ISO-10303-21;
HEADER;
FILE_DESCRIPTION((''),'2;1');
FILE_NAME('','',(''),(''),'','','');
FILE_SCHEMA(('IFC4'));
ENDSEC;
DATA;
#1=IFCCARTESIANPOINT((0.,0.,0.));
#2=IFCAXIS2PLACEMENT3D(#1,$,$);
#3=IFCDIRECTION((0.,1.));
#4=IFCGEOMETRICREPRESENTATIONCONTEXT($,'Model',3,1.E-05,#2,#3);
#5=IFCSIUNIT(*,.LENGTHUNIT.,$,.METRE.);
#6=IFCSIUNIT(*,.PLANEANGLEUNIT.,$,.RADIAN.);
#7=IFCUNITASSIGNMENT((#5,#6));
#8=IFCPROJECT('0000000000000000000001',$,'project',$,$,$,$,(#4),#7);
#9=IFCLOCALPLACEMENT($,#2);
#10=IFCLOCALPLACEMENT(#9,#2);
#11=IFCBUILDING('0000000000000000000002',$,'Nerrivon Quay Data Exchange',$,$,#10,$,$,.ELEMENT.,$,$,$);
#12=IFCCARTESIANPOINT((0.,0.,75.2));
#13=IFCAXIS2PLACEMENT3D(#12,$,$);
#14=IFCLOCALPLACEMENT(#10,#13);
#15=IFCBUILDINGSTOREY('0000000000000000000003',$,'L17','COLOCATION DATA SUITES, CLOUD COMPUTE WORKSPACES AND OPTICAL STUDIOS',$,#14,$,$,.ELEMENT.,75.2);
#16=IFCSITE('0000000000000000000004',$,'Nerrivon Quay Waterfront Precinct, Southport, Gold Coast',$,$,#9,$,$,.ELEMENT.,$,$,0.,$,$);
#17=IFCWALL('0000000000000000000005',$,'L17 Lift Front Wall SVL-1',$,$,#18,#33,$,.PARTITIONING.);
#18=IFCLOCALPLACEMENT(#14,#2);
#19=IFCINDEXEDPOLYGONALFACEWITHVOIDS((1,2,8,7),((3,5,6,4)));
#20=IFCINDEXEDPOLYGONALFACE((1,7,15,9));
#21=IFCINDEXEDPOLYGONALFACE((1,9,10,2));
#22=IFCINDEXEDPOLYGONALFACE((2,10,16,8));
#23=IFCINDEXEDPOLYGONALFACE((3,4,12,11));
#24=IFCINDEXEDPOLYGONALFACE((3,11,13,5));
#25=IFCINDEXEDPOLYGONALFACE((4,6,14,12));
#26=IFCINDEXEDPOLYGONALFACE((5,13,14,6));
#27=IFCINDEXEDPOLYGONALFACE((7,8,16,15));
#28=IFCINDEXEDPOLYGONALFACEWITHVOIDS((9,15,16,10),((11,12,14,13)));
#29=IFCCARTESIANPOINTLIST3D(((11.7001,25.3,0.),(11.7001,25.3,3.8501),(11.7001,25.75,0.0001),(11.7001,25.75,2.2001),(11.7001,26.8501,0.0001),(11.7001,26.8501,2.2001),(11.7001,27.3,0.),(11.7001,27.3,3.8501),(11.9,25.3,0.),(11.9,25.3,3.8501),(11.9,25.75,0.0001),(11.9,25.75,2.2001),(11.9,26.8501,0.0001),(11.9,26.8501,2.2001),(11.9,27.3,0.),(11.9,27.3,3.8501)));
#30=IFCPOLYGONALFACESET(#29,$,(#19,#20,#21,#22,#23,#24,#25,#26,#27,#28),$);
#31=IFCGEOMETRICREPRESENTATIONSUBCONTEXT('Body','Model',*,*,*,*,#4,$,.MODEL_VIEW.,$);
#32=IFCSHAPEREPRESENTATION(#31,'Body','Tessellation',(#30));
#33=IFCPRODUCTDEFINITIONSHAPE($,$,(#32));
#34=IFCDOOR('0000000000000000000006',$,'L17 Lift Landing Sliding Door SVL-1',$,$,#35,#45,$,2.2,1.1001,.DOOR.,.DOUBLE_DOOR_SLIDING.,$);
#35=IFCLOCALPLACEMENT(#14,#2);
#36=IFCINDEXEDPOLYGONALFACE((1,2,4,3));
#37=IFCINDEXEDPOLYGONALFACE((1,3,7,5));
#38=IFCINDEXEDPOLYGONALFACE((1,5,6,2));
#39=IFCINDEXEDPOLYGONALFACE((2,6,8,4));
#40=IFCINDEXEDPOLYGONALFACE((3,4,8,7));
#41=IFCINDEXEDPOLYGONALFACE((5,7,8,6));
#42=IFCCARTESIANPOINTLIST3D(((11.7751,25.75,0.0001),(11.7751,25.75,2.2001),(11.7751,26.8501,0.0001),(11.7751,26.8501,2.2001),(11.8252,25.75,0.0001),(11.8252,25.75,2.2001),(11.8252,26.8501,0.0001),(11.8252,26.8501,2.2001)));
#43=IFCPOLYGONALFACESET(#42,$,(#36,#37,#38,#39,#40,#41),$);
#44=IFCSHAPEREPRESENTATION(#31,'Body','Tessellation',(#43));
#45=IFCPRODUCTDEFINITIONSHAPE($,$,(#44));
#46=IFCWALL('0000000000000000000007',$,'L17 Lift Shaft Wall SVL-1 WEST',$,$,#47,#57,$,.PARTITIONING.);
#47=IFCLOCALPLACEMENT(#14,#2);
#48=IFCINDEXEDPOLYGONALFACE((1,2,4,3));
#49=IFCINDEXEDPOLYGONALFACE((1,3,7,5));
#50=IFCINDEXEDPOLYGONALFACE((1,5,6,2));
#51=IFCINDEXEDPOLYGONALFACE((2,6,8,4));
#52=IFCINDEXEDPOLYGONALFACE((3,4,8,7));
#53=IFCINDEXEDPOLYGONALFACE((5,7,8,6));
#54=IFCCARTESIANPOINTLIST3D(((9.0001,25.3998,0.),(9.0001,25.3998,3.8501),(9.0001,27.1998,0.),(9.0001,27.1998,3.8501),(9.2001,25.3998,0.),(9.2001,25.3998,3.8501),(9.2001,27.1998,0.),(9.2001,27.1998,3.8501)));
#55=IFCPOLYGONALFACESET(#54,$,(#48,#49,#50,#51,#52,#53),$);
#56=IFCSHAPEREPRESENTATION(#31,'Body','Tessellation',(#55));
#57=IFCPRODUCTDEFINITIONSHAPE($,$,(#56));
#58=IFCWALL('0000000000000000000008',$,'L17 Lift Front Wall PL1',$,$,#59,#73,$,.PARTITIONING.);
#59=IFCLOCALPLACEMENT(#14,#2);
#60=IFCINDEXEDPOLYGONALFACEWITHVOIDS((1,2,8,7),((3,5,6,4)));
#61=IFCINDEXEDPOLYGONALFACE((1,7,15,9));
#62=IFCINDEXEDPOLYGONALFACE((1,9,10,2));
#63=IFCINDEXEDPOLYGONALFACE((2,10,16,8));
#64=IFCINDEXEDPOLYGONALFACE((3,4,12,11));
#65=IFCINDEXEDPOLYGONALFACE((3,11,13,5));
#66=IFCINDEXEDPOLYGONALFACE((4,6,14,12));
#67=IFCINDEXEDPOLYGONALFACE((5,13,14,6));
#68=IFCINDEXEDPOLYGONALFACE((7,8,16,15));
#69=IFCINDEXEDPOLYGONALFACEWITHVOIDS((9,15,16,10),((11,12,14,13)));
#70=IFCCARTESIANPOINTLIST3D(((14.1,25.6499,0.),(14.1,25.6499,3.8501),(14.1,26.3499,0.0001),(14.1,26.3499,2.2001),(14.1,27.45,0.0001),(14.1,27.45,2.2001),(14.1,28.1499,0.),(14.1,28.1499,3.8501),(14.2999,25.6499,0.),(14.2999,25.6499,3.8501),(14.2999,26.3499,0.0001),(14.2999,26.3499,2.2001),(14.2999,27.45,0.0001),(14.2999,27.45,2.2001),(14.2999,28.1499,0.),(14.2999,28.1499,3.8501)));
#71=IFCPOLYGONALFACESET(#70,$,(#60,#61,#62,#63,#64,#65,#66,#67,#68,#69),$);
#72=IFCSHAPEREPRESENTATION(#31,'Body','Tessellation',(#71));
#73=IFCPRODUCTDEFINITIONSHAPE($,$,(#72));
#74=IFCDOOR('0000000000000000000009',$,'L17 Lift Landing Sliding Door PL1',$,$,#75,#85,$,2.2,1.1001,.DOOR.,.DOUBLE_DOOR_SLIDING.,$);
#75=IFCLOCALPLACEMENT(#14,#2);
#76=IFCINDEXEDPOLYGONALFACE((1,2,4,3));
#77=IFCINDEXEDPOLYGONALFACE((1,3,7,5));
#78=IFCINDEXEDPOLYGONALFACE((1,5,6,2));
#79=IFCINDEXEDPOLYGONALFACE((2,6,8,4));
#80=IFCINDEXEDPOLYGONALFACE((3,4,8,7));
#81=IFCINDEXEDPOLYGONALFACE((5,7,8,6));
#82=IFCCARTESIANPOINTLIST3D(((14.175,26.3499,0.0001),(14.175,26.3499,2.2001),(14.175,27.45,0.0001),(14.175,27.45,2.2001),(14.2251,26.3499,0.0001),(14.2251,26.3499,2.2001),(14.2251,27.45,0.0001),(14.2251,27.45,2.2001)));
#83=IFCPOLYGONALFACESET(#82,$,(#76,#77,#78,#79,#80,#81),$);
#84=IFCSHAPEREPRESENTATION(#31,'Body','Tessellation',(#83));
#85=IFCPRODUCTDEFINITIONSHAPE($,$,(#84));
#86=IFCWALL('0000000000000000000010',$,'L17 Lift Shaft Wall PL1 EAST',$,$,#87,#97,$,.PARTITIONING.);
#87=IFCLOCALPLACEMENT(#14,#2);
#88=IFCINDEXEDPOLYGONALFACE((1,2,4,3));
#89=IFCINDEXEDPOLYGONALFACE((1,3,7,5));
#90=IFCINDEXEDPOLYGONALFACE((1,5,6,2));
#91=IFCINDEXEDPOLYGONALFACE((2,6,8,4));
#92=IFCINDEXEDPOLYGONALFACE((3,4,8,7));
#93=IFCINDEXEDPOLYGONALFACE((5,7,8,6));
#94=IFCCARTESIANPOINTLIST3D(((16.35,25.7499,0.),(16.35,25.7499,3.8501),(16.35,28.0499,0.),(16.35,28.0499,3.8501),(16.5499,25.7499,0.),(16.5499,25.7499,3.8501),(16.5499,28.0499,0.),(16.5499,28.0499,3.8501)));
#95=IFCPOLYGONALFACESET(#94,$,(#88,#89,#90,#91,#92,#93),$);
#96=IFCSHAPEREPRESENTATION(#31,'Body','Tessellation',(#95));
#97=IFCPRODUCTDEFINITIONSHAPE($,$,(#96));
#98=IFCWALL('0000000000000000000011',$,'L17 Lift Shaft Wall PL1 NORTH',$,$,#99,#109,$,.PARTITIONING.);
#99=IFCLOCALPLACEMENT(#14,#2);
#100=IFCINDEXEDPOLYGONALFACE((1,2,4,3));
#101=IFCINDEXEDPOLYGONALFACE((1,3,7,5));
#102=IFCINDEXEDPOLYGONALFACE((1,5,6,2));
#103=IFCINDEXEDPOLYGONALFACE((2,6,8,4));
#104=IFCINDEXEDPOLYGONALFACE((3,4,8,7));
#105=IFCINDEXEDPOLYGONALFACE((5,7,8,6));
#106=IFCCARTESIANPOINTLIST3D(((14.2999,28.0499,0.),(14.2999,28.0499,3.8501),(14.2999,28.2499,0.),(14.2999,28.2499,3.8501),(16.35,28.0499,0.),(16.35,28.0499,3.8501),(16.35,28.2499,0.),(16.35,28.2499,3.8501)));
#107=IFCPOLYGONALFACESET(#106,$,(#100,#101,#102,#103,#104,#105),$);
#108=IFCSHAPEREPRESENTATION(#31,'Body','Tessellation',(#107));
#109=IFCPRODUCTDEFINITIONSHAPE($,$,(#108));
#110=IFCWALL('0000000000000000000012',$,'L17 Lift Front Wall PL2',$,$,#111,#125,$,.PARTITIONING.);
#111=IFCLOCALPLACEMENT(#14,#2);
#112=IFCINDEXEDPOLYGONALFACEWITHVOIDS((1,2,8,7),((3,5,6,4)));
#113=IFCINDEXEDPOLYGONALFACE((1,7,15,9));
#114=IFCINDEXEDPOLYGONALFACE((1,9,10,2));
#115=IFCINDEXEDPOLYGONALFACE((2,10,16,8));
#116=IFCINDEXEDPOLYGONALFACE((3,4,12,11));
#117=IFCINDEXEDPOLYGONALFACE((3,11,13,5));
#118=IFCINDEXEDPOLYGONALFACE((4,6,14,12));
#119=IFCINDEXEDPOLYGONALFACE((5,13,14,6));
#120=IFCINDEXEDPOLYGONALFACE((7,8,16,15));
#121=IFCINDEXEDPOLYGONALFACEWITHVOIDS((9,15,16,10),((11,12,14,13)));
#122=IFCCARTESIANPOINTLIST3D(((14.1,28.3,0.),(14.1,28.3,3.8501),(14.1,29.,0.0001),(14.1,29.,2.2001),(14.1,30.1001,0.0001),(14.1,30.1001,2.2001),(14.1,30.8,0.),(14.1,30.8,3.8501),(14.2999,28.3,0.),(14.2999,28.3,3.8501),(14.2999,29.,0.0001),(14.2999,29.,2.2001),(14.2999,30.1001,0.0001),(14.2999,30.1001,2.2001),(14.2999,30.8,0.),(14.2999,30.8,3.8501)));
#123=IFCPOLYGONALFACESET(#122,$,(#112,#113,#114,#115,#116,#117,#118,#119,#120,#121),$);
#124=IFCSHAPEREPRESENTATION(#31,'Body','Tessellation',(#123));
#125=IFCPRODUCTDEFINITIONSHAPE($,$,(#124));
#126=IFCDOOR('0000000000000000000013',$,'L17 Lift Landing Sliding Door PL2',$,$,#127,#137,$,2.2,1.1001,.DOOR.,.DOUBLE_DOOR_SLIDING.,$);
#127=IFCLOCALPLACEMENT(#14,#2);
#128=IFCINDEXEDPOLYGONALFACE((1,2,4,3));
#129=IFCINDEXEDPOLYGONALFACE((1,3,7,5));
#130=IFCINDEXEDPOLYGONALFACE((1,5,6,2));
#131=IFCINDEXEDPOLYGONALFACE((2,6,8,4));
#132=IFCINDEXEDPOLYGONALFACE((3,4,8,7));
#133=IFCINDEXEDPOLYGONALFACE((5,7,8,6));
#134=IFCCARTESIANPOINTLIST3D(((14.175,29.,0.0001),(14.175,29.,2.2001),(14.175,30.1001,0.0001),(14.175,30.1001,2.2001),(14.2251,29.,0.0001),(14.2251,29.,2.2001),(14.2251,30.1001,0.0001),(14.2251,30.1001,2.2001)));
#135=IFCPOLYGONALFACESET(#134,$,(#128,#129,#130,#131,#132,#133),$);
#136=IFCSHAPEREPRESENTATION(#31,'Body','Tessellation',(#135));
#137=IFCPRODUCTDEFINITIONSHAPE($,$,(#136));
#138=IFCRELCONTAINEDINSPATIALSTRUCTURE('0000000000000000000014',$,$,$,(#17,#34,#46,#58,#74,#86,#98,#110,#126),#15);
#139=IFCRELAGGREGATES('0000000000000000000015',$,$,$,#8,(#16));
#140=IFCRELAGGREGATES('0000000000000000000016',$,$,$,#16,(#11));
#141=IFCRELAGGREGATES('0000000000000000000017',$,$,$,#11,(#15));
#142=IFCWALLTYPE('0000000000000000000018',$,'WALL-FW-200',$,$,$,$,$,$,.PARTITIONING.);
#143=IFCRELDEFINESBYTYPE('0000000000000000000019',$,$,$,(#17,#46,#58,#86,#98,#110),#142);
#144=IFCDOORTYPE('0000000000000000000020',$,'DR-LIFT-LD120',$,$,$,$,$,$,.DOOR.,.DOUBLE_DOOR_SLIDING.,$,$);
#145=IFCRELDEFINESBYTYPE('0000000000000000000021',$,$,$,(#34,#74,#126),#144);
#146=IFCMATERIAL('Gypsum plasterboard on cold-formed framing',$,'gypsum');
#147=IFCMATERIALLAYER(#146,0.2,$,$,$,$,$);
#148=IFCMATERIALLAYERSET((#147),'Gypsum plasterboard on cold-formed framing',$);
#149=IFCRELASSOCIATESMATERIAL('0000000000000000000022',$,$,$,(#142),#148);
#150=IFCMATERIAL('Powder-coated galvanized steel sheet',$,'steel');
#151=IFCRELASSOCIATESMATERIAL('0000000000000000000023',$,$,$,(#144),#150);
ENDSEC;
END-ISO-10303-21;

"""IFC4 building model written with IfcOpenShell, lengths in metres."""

from ifc_helpers import new_model, si_unit, direction, frame, frame_2d, origin, place, context, subcontext, project, spatial, rectangle, extrude, material, layer, layer_set, type_object, element, fill, save


model = new_model("IFC4")

# Units and contexts
model_context = context("Model", 3, precision=1e-05, world=origin(), true_north=direction((0.0, 1.0)))
body_context = subcontext(model_context, "Body", "Model", "MODEL_VIEW")
ifc_project = project(units=[si_unit("LENGTHUNIT", "METRE"), si_unit("PLANEANGLEUNIT", "RADIAN")], contexts=[model_context])

# Site, building, storey
site_placement = place(None, origin())
site = spatial("IfcSite", under=ifc_project, at=site_placement, Name="Nerrivon Quay Waterfront Precinct, Southport, Gold Coast", CompositionType="ELEMENT", RefElevation=0.0)
building_placement = place(site_placement, origin())
building = spatial("IfcBuilding", under=site, at=building_placement, Name="Nerrivon Quay Data Exchange", CompositionType="ELEMENT")
storey_placement = place(building_placement, frame((0.0, 0.0, 75.2)))
storey = spatial("IfcBuildingStorey", under=building, at=storey_placement, Name="L17", Description="COLOCATION DATA SUITES, CLOUD COMPUTE WORKSPACES AND OPTICAL STUDIOS", CompositionType="ELEMENT", Elevation=75.2)

# Shared definitions
ifc_material_1 = material(Name="Powder-coated galvanized steel sheet", Category="steel")
ifc_material_2 = material(Name="Gypsum plasterboard on cold-formed framing", Category="gypsum")
ifc_layer_1 = layer(ifc_material_2, 0.2)
ifc_layer_set_1 = layer_set([ifc_layer_1], Name="Gypsum plasterboard on cold-formed framing")
wall_type_1 = type_object("IfcWallType", Name="WALL-FW-200", PredefinedType="PARTITIONING", material=ifc_layer_set_1)
door_type_1 = type_object("IfcDoorType", Name="DR-LIFT-LD120", OperationType="DOUBLE_DOOR_SLIDING", PredefinedType="DOOR", material=ifc_material_1)

# Wall, opening, door
wall_1_placement = place(storey_placement, frame((11.8, 25.3, 0.0), z_axis=(0.0, 0.0, 1.0), x_axis=(0.0, 1.0, 0.0)))
wall_1 = element("IfcWall", 1, at=wall_1_placement, inside=storey, type_object=wall_type_1, Name="L17 Lift Front Wall SVL-1", PredefinedType="PARTITIONING", context=body_context, shape_type="SweptSolid", body=[
    extrude(rectangle(XDim=2.0, YDim=0.2, at=frame_2d((1.0, 0.0))), origin(), (0.0, 0.0, 1.0), 3.8501),
])
opening_1_placement = place(wall_1_placement, frame((0.45, 0.0, 0.0)))
opening_1 = element("IfcOpeningElement", 2, at=opening_1_placement, cuts=wall_1, PredefinedType="OPENING", context=body_context, shape_type="SweptSolid", body=[
    extrude(rectangle(XDim=1.1001, YDim=2.2, at=frame_2d((0.55, 1.1001))), frame((0.0, 0.1099, 0.0), z_axis=(0.0, -1.0, 0.0), x_axis=(1.0, 0.0, 0.0)), (0.0, 0.0, 1.0), 0.22),
])
door_1_placement = place(opening_1_placement, origin())
door_1 = element("IfcDoor", 3, at=door_1_placement, inside=storey, type_object=door_type_1, Name="L17 Lift Landing Sliding Door SVL-1", OperationType="DOUBLE_DOOR_SLIDING", OverallHeight=2.2, OverallWidth=1.1001, PredefinedType="DOOR", context=body_context, shape_type="SweptSolid", body=[
    extrude(rectangle(XDim=1.1001, YDim=2.2, at=frame_2d((0.55, 1.1001))), frame((0.0, 0.0249, 0.0), z_axis=(0.0, -1.0, 0.0), x_axis=(1.0, 0.0, 0.0)), (0.0, 0.0, 1.0), 0.05),
])
fill(opening_1, door_1)

# Wall
wall_2_placement = place(storey_placement, frame((9.1001, 25.3999, 0.0), z_axis=(0.0, 0.0, 1.0), x_axis=(0.0, 1.0, 0.0)))
element("IfcWall", 4, at=wall_2_placement, inside=storey, type_object=wall_type_1, Name="L17 Lift Shaft Wall SVL-1 WEST", PredefinedType="PARTITIONING", context=body_context, shape_type="SweptSolid", body=[
    extrude(rectangle(XDim=1.8, YDim=0.2, at=frame_2d((0.8999, 0.0))), origin(), (0.0, 0.0, 1.0), 3.8501),
])

# Wall, opening, door
wall_3_placement = place(storey_placement, frame((14.2, 25.6499, 0.0), z_axis=(0.0, 0.0, 1.0), x_axis=(0.0, 1.0, 0.0)))
wall_3 = element("IfcWall", 5, at=wall_3_placement, inside=storey, type_object=wall_type_1, Name="L17 Lift Front Wall PL1", PredefinedType="PARTITIONING", context=body_context, shape_type="SweptSolid", body=[
    extrude(rectangle(XDim=2.5, YDim=0.2, at=frame_2d((1.25, 0.0))), origin(), (0.0, 0.0, 1.0), 3.8501),
])
opening_2_placement = place(wall_3_placement, frame((0.7, 0.0, 0.0)))
opening_2 = element("IfcOpeningElement", 6, at=opening_2_placement, cuts=wall_3, PredefinedType="OPENING", context=body_context, shape_type="SweptSolid", body=[
    extrude(rectangle(XDim=1.1001, YDim=2.2, at=frame_2d((0.55, 1.1001))), frame((0.0, 0.1099, 0.0), z_axis=(0.0, -1.0, 0.0), x_axis=(1.0, 0.0, 0.0)), (0.0, 0.0, 1.0), 0.22),
])
door_2_placement = place(opening_2_placement, origin())
door_2 = element("IfcDoor", 7, at=door_2_placement, inside=storey, type_object=door_type_1, Name="L17 Lift Landing Sliding Door PL1", OperationType="DOUBLE_DOOR_SLIDING", OverallHeight=2.2, OverallWidth=1.1001, PredefinedType="DOOR", context=body_context, shape_type="SweptSolid", body=[
    extrude(rectangle(XDim=1.1001, YDim=2.2, at=frame_2d((0.55, 1.1001))), frame((0.0, 0.0249, 0.0), z_axis=(0.0, -1.0, 0.0), x_axis=(1.0, 0.0, 0.0)), (0.0, 0.0, 1.0), 0.05),
])
fill(opening_2, door_2)

# Walls
wall_4_placement = place(storey_placement, frame((16.45, 25.75, 0.0), z_axis=(0.0, 0.0, 1.0), x_axis=(0.0, 1.0, 0.0)))
element("IfcWall", 8, at=wall_4_placement, inside=storey, type_object=wall_type_1, Name="L17 Lift Shaft Wall PL1 EAST", PredefinedType="PARTITIONING", context=body_context, shape_type="SweptSolid", body=[
    extrude(rectangle(XDim=2.3, YDim=0.2, at=frame_2d((1.1499, 0.0))), origin(), (0.0, 0.0, 1.0), 3.8501),
])
wall_5_placement = place(storey_placement, frame((14.3, 28.1499, 0.0), z_axis=(0.0, 0.0, 1.0), x_axis=(1.0, 0.0, 0.0)))
element("IfcWall", 9, at=wall_5_placement, inside=storey, type_object=wall_type_1, Name="L17 Lift Shaft Wall PL1 NORTH", PredefinedType="PARTITIONING", context=body_context, shape_type="SweptSolid", body=[
    extrude(rectangle(XDim=2.05, YDim=0.2, at=frame_2d((1.0249, 0.0))), origin(), (0.0, 0.0, 1.0), 3.8501),
])

# Wall, opening, door
wall_6_placement = place(storey_placement, frame((14.2, 28.3, 0.0), z_axis=(0.0, 0.0, 1.0), x_axis=(0.0, 1.0, 0.0)))
wall_6 = element("IfcWall", 10, at=wall_6_placement, inside=storey, type_object=wall_type_1, Name="L17 Lift Front Wall PL2", PredefinedType="PARTITIONING", context=body_context, shape_type="SweptSolid", body=[
    extrude(rectangle(XDim=2.5, YDim=0.2, at=frame_2d((1.25, 0.0))), origin(), (0.0, 0.0, 1.0), 3.8501),
])
opening_3_placement = place(wall_6_placement, frame((0.7, 0.0, 0.0)))
opening_3 = element("IfcOpeningElement", 11, at=opening_3_placement, cuts=wall_6, PredefinedType="OPENING", context=body_context, shape_type="SweptSolid", body=[
    extrude(rectangle(XDim=1.1001, YDim=2.2, at=frame_2d((0.55, 1.1001))), frame((0.0, 0.1099, 0.0), z_axis=(0.0, -1.0, 0.0), x_axis=(1.0, 0.0, 0.0)), (0.0, 0.0, 1.0), 0.22),
])
door_3_placement = place(opening_3_placement, origin())
door_3 = element("IfcDoor", 12, at=door_3_placement, inside=storey, type_object=door_type_1, Name="L17 Lift Landing Sliding Door PL2", OperationType="DOUBLE_DOOR_SLIDING", OverallHeight=2.2, OverallWidth=1.1001, PredefinedType="DOOR", context=body_context, shape_type="SweptSolid", body=[
    extrude(rectangle(XDim=1.1001, YDim=2.2, at=frame_2d((0.55, 1.1001))), frame((0.0, 0.0249, 0.0), z_axis=(0.0, -1.0, 0.0), x_axis=(1.0, 0.0, 0.0)), (0.0, 0.0, 1.0), 0.05),
])
fill(opening_3, door_3)

save(model, "model.ifc")
